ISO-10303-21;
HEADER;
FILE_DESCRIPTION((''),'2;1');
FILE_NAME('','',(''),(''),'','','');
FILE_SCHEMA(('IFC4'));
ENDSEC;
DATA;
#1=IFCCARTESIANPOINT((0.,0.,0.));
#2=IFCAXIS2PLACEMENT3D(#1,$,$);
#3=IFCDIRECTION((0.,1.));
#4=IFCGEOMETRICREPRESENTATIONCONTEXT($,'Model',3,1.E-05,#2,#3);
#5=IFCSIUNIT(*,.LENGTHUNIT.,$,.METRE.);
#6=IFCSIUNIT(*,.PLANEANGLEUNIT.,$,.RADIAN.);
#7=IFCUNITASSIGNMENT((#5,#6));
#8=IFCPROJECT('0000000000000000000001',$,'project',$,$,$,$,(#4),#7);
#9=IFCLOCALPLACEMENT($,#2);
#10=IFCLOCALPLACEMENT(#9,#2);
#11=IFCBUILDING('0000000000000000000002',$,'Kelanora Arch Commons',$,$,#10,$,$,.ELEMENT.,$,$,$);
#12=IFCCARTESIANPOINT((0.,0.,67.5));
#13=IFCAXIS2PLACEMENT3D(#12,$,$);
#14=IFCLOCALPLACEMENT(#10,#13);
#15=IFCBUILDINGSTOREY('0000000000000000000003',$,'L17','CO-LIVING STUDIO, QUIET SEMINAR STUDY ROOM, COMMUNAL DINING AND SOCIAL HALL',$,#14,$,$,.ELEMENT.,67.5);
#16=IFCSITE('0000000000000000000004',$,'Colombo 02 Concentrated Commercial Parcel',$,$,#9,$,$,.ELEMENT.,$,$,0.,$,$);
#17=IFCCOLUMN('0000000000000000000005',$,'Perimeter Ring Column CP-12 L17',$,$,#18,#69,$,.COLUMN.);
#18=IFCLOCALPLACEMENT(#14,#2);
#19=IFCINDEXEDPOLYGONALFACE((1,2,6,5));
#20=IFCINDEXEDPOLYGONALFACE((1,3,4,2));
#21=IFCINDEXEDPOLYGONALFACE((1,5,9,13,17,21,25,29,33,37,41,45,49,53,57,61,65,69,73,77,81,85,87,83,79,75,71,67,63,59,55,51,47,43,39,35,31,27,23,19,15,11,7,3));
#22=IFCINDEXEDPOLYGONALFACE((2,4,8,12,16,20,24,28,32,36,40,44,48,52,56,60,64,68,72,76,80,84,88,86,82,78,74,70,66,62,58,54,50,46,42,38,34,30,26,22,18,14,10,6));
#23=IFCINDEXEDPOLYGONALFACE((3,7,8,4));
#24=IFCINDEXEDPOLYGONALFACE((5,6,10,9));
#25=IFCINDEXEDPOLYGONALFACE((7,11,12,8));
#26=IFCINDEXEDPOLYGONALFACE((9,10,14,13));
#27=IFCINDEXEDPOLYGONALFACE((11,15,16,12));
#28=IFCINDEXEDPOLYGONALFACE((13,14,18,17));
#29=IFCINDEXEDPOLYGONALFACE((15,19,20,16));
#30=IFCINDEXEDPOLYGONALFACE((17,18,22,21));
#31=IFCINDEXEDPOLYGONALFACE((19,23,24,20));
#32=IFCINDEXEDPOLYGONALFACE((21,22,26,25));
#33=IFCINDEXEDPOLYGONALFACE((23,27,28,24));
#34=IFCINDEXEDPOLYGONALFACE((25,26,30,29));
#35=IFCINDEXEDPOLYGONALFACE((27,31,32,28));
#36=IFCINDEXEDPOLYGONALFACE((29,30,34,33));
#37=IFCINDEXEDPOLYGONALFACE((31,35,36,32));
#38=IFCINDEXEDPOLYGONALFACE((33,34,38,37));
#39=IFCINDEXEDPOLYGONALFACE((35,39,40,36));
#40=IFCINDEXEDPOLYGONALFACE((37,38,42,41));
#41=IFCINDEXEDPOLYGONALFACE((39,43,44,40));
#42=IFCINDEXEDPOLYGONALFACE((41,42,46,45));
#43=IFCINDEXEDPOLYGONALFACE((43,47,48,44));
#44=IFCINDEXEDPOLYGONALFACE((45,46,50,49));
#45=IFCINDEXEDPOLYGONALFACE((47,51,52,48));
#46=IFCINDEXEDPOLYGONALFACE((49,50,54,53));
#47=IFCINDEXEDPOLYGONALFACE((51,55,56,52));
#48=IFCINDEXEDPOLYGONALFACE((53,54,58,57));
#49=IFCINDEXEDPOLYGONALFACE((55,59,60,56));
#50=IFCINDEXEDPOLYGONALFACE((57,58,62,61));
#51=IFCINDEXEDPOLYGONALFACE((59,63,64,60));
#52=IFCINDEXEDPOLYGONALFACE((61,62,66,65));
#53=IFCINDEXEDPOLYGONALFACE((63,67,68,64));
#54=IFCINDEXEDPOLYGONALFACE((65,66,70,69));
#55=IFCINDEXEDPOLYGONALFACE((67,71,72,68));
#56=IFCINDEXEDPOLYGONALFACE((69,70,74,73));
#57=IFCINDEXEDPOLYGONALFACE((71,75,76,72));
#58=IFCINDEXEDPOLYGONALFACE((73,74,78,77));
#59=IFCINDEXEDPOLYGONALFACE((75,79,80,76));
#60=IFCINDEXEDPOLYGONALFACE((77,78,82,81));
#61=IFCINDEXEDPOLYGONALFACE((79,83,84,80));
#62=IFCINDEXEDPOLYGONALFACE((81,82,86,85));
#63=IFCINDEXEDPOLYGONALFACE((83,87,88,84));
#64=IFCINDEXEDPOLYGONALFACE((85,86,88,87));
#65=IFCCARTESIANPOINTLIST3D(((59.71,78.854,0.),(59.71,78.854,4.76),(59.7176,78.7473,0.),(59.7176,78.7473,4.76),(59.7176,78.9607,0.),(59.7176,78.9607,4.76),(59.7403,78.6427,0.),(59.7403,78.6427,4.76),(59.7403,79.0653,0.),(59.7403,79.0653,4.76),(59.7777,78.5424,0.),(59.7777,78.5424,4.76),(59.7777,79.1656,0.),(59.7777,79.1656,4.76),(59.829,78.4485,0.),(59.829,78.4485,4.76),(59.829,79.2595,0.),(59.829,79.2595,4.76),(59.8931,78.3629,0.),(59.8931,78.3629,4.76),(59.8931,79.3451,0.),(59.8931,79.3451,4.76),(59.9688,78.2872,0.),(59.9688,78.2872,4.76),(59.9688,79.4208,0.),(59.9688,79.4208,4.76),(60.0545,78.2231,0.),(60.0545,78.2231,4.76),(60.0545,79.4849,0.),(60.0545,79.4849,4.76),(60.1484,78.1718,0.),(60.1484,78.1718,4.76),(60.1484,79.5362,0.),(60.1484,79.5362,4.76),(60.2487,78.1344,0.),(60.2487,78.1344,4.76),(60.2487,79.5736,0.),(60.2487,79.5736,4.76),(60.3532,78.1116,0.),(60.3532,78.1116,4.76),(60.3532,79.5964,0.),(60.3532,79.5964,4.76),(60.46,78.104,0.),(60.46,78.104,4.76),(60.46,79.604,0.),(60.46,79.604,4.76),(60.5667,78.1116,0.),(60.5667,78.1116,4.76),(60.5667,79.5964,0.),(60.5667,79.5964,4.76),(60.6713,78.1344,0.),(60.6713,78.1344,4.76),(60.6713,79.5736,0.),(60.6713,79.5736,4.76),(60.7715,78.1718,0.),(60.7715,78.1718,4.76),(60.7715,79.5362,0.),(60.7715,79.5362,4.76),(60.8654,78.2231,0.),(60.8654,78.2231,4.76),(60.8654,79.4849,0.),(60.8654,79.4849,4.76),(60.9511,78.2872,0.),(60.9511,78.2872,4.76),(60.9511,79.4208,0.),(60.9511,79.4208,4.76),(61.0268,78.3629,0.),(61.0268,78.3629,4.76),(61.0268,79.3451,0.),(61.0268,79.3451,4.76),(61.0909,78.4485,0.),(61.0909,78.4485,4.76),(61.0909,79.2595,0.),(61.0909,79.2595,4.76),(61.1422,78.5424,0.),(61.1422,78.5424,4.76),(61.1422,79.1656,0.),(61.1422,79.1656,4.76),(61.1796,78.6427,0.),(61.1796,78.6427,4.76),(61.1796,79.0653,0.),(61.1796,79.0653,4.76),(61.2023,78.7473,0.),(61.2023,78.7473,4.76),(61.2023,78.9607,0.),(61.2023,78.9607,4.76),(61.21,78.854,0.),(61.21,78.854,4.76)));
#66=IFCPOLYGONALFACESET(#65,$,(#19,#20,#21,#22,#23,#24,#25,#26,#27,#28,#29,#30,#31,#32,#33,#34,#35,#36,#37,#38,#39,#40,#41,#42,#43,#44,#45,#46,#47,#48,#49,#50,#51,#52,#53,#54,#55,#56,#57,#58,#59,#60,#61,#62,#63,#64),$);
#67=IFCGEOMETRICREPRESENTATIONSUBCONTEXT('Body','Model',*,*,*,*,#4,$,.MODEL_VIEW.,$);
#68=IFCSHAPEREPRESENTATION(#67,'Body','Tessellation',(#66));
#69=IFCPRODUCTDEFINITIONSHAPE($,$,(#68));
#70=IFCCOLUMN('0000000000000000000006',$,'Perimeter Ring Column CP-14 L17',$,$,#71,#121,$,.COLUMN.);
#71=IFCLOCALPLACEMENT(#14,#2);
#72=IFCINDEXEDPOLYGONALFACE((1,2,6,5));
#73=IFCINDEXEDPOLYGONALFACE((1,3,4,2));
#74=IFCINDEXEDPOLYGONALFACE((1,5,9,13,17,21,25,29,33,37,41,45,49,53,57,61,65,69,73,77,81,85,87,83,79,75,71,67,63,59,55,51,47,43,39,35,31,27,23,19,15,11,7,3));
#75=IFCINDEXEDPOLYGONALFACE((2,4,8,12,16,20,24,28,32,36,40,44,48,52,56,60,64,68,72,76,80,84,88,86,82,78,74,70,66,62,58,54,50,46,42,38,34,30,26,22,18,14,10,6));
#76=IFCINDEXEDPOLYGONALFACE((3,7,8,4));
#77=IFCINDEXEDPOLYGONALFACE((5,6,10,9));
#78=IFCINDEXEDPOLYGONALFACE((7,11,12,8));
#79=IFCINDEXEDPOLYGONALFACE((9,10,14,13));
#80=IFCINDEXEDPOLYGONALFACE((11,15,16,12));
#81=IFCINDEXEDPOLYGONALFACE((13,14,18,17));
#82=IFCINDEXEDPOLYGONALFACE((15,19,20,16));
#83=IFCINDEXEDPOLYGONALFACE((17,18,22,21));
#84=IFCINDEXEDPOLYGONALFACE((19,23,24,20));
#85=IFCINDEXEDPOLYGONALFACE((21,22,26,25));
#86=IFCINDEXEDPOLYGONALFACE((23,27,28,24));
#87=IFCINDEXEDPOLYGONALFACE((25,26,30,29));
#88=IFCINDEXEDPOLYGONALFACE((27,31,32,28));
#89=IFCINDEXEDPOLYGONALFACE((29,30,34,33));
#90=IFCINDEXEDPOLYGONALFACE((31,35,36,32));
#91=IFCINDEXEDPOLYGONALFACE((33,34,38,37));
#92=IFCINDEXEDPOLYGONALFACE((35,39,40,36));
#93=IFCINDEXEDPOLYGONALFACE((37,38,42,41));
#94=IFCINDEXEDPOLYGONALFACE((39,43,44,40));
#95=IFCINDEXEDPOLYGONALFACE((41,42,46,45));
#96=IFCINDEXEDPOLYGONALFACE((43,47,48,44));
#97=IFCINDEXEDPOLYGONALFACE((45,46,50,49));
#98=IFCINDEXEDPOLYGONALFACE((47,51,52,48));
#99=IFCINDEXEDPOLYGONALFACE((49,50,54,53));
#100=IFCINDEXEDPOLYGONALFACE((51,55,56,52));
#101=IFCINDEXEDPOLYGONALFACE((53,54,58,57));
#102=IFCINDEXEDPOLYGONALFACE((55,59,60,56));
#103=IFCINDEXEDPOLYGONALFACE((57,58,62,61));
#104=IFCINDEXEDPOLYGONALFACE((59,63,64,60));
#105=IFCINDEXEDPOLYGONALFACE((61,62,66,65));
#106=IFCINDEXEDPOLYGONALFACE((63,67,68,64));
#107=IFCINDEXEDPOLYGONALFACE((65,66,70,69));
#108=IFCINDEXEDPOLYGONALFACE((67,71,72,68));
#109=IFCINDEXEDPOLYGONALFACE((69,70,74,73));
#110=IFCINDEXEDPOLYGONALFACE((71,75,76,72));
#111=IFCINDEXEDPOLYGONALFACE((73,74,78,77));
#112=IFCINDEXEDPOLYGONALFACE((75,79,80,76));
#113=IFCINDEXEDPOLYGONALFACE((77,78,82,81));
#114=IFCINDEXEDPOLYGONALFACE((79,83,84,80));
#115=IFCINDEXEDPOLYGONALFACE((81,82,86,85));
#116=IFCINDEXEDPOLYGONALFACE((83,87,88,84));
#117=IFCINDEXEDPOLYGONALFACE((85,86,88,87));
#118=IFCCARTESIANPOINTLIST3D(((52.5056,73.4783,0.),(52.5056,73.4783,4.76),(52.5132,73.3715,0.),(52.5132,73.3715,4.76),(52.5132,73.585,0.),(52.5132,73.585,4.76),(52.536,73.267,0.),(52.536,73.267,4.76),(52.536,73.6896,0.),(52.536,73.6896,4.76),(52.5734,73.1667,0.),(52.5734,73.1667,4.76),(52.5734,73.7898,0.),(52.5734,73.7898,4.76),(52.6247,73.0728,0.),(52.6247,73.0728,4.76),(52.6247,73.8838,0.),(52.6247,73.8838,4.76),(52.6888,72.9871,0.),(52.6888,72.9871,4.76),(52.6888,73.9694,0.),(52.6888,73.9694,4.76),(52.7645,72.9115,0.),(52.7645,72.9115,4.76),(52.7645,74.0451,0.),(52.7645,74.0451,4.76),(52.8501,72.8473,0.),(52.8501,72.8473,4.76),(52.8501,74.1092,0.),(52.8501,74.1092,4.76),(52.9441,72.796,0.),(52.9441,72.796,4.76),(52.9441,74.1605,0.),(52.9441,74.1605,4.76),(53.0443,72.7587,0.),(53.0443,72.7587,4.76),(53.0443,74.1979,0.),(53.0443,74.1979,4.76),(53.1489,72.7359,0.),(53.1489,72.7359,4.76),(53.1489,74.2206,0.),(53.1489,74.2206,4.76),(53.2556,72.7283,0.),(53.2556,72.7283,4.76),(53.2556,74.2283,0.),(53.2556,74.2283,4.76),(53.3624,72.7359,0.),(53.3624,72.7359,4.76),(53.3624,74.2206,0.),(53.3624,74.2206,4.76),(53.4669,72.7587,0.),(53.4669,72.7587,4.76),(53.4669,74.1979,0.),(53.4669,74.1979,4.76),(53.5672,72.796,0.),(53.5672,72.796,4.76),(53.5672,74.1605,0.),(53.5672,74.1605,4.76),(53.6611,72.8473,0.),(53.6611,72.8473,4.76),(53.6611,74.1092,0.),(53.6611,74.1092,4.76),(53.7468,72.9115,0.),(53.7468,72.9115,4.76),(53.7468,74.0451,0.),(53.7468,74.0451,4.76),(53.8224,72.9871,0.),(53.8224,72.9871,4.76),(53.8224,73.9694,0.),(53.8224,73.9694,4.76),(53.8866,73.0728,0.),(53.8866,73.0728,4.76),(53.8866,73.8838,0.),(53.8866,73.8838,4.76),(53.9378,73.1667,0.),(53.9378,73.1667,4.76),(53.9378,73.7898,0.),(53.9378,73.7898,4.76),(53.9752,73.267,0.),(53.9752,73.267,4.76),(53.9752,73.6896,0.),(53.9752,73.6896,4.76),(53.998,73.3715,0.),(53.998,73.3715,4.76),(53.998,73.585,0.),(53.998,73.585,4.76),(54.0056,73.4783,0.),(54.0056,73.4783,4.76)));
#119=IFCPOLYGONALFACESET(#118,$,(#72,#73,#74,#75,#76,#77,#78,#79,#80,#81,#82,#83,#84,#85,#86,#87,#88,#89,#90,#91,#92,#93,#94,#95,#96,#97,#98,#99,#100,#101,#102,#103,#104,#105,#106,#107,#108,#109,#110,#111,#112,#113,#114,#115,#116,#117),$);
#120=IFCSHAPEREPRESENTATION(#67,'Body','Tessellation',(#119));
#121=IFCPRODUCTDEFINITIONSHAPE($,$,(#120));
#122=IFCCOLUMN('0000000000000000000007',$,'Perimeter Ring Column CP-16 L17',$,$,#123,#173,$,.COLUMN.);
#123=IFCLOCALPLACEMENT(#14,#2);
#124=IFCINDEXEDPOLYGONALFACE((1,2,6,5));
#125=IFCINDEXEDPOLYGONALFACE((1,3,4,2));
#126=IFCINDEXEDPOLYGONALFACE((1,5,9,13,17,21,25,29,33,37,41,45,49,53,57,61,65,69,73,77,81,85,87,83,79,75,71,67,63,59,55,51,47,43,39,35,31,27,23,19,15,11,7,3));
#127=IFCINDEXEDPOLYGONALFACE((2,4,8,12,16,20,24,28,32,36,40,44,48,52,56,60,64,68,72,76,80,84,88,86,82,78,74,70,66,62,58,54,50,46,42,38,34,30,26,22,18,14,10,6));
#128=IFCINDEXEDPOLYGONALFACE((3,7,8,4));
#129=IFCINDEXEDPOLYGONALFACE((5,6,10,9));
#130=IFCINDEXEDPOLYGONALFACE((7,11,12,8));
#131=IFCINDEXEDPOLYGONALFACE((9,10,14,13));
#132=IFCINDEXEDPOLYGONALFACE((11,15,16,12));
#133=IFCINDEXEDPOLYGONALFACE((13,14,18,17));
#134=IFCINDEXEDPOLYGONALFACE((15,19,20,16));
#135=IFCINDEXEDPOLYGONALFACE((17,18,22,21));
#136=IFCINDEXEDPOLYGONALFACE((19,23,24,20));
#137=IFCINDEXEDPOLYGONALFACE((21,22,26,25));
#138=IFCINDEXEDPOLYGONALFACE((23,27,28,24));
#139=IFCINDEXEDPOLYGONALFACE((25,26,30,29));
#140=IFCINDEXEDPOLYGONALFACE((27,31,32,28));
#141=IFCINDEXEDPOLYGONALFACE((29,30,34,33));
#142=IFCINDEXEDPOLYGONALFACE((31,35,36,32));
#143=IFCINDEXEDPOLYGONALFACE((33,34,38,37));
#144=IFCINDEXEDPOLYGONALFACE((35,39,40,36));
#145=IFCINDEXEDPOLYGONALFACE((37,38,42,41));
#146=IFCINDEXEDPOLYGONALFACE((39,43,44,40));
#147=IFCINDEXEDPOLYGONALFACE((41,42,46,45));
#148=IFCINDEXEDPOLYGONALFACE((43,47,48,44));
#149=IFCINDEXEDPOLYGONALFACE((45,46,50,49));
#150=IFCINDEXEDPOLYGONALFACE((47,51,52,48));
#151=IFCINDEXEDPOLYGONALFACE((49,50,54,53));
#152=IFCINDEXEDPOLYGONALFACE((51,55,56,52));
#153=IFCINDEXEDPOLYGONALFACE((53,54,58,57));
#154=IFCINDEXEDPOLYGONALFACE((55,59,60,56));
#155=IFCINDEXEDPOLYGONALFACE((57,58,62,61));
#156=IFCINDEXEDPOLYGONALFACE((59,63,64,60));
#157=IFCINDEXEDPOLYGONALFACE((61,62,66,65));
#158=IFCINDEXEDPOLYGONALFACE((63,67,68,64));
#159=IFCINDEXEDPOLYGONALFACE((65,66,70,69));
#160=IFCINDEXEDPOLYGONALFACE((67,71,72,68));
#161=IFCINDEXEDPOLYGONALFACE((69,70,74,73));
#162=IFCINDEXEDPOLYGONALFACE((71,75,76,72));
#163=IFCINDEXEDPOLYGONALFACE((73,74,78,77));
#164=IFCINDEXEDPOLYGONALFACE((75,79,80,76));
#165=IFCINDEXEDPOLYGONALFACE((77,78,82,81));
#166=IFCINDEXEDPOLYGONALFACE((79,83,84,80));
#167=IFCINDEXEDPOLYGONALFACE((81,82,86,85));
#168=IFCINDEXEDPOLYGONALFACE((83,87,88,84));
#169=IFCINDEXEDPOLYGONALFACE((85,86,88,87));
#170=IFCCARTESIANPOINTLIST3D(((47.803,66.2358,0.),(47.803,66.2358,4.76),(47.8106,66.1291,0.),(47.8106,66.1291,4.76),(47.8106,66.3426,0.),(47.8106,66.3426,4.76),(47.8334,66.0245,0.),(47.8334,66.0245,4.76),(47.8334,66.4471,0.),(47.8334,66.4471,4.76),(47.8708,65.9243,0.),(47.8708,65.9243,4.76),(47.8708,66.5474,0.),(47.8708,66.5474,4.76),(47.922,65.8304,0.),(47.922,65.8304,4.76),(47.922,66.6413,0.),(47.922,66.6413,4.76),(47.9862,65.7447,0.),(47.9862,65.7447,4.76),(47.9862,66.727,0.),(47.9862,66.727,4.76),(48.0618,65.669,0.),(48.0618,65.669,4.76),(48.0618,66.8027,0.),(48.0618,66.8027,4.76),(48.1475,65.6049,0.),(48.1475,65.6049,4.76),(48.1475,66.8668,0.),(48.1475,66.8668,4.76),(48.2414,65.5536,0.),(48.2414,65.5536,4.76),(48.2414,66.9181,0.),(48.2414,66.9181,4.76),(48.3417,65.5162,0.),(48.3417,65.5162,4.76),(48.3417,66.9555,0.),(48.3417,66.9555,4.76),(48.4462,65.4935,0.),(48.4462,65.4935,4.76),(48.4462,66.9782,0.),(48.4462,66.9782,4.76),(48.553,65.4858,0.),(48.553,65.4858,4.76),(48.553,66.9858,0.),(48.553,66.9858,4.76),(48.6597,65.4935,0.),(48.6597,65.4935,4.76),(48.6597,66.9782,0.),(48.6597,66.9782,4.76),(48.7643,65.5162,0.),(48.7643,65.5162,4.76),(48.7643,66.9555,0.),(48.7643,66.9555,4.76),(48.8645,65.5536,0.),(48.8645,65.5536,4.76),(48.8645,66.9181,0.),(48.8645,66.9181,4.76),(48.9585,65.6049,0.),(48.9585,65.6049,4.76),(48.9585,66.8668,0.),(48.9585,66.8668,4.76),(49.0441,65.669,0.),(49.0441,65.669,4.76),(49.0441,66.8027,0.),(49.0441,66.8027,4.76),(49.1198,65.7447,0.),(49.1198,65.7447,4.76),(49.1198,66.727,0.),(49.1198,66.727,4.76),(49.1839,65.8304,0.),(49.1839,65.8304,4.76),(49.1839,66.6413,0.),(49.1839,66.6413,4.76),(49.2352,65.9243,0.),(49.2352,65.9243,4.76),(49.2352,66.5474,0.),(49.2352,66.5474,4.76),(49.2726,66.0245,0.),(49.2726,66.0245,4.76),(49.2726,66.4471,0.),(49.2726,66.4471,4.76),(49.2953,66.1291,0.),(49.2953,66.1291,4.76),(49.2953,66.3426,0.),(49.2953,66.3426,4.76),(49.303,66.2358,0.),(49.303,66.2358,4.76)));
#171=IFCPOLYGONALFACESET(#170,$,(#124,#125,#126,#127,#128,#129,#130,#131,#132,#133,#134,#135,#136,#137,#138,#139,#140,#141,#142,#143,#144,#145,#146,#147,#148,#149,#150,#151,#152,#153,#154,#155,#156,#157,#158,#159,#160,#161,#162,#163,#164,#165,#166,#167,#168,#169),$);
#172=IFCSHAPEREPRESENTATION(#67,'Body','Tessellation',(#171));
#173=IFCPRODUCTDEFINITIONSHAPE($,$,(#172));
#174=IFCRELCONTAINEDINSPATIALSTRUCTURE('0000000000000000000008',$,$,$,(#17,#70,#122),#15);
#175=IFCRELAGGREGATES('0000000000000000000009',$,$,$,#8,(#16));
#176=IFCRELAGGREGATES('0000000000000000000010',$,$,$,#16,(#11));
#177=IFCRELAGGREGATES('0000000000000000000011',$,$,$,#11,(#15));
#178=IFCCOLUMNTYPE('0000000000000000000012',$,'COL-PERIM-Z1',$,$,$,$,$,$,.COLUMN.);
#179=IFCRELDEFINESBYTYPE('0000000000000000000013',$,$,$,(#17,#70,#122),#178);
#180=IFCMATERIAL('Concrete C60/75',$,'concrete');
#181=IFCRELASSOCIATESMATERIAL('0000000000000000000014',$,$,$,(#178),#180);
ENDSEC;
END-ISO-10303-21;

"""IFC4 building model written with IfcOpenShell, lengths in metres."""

from ifc_helpers import new_model, si_unit, direction, frame, origin, origin_2d, place, context, subcontext, project, spatial, circle, extrude, material, material_profile, profile_set, type_object, element, save


model = new_model("IFC4")

# Units and contexts
model_context = context("Model", 3, precision=1e-05, world=origin(), true_north=direction((0.0, 1.0)))
body_context = subcontext(model_context, "Body", "Model", "MODEL_VIEW")
ifc_project = project(units=[si_unit("LENGTHUNIT", "METRE"), si_unit("PLANEANGLEUNIT", "RADIAN")], contexts=[model_context])

# Site, building, storey
site_placement = place(None, origin())
site = spatial("IfcSite", under=ifc_project, at=site_placement, Name="Colombo 02 Concentrated Commercial Parcel", CompositionType="ELEMENT", RefElevation=0.0)
building_placement = place(site_placement, origin())
building = spatial("IfcBuilding", under=site, at=building_placement, Name="Kelanora Arch Commons", CompositionType="ELEMENT")
storey_placement = place(building_placement, frame((0.0, 0.0, 67.5)))
storey = spatial("IfcBuildingStorey", under=building, at=storey_placement, Name="L17", Description="CO-LIVING STUDIO, QUIET SEMINAR STUDY ROOM, COMMUNAL DINING AND SOCIAL HALL", CompositionType="ELEMENT", Elevation=67.5)

# Columns
ifc_material_1 = material(Name="Concrete C60/75", Category="concrete")
ifc_material_profile_1 = material_profile(ifc_material_1, circle(Radius=0.75, at=origin_2d()), Name="RCC1500")
ifc_profile_set_1 = profile_set([ifc_material_profile_1], Name="Concrete C60/75")
column_type = type_object("IfcColumnType", Name="COL-PERIM-Z1", PredefinedType="COLUMN", material=ifc_profile_set_1)
for number, where, z_axis, x_axis, name in (
    (1, (60.46, 78.854, 0.0), (0.0, 0.0, 1.0), (1.0, 0.0, 0.0), "Perimeter Ring Column CP-12 L17"),
    (2, (53.2556, 73.4783, 0.0), (0.0, 0.0, 1.0), (1.0, 0.0, 0.0), "Perimeter Ring Column CP-14 L17"),
    (3, (48.553, 66.2358, 0.0), (0.0, 0.0, 1.0), (1.0, 0.0, 0.0), "Perimeter Ring Column CP-16 L17"),
):
    element("IfcColumn", number, at=place(storey_placement, frame(where, z_axis=z_axis, x_axis=x_axis)), inside=storey, type_object=column_type, Name=name, PredefinedType="COLUMN", context=body_context, shape_type="SweptSolid", body=[
        extrude(circle(Radius=0.75, at=origin_2d()), origin(), (0.0, 0.0, 1.0), 4.76),
    ])

save(model, "model.ifc")
